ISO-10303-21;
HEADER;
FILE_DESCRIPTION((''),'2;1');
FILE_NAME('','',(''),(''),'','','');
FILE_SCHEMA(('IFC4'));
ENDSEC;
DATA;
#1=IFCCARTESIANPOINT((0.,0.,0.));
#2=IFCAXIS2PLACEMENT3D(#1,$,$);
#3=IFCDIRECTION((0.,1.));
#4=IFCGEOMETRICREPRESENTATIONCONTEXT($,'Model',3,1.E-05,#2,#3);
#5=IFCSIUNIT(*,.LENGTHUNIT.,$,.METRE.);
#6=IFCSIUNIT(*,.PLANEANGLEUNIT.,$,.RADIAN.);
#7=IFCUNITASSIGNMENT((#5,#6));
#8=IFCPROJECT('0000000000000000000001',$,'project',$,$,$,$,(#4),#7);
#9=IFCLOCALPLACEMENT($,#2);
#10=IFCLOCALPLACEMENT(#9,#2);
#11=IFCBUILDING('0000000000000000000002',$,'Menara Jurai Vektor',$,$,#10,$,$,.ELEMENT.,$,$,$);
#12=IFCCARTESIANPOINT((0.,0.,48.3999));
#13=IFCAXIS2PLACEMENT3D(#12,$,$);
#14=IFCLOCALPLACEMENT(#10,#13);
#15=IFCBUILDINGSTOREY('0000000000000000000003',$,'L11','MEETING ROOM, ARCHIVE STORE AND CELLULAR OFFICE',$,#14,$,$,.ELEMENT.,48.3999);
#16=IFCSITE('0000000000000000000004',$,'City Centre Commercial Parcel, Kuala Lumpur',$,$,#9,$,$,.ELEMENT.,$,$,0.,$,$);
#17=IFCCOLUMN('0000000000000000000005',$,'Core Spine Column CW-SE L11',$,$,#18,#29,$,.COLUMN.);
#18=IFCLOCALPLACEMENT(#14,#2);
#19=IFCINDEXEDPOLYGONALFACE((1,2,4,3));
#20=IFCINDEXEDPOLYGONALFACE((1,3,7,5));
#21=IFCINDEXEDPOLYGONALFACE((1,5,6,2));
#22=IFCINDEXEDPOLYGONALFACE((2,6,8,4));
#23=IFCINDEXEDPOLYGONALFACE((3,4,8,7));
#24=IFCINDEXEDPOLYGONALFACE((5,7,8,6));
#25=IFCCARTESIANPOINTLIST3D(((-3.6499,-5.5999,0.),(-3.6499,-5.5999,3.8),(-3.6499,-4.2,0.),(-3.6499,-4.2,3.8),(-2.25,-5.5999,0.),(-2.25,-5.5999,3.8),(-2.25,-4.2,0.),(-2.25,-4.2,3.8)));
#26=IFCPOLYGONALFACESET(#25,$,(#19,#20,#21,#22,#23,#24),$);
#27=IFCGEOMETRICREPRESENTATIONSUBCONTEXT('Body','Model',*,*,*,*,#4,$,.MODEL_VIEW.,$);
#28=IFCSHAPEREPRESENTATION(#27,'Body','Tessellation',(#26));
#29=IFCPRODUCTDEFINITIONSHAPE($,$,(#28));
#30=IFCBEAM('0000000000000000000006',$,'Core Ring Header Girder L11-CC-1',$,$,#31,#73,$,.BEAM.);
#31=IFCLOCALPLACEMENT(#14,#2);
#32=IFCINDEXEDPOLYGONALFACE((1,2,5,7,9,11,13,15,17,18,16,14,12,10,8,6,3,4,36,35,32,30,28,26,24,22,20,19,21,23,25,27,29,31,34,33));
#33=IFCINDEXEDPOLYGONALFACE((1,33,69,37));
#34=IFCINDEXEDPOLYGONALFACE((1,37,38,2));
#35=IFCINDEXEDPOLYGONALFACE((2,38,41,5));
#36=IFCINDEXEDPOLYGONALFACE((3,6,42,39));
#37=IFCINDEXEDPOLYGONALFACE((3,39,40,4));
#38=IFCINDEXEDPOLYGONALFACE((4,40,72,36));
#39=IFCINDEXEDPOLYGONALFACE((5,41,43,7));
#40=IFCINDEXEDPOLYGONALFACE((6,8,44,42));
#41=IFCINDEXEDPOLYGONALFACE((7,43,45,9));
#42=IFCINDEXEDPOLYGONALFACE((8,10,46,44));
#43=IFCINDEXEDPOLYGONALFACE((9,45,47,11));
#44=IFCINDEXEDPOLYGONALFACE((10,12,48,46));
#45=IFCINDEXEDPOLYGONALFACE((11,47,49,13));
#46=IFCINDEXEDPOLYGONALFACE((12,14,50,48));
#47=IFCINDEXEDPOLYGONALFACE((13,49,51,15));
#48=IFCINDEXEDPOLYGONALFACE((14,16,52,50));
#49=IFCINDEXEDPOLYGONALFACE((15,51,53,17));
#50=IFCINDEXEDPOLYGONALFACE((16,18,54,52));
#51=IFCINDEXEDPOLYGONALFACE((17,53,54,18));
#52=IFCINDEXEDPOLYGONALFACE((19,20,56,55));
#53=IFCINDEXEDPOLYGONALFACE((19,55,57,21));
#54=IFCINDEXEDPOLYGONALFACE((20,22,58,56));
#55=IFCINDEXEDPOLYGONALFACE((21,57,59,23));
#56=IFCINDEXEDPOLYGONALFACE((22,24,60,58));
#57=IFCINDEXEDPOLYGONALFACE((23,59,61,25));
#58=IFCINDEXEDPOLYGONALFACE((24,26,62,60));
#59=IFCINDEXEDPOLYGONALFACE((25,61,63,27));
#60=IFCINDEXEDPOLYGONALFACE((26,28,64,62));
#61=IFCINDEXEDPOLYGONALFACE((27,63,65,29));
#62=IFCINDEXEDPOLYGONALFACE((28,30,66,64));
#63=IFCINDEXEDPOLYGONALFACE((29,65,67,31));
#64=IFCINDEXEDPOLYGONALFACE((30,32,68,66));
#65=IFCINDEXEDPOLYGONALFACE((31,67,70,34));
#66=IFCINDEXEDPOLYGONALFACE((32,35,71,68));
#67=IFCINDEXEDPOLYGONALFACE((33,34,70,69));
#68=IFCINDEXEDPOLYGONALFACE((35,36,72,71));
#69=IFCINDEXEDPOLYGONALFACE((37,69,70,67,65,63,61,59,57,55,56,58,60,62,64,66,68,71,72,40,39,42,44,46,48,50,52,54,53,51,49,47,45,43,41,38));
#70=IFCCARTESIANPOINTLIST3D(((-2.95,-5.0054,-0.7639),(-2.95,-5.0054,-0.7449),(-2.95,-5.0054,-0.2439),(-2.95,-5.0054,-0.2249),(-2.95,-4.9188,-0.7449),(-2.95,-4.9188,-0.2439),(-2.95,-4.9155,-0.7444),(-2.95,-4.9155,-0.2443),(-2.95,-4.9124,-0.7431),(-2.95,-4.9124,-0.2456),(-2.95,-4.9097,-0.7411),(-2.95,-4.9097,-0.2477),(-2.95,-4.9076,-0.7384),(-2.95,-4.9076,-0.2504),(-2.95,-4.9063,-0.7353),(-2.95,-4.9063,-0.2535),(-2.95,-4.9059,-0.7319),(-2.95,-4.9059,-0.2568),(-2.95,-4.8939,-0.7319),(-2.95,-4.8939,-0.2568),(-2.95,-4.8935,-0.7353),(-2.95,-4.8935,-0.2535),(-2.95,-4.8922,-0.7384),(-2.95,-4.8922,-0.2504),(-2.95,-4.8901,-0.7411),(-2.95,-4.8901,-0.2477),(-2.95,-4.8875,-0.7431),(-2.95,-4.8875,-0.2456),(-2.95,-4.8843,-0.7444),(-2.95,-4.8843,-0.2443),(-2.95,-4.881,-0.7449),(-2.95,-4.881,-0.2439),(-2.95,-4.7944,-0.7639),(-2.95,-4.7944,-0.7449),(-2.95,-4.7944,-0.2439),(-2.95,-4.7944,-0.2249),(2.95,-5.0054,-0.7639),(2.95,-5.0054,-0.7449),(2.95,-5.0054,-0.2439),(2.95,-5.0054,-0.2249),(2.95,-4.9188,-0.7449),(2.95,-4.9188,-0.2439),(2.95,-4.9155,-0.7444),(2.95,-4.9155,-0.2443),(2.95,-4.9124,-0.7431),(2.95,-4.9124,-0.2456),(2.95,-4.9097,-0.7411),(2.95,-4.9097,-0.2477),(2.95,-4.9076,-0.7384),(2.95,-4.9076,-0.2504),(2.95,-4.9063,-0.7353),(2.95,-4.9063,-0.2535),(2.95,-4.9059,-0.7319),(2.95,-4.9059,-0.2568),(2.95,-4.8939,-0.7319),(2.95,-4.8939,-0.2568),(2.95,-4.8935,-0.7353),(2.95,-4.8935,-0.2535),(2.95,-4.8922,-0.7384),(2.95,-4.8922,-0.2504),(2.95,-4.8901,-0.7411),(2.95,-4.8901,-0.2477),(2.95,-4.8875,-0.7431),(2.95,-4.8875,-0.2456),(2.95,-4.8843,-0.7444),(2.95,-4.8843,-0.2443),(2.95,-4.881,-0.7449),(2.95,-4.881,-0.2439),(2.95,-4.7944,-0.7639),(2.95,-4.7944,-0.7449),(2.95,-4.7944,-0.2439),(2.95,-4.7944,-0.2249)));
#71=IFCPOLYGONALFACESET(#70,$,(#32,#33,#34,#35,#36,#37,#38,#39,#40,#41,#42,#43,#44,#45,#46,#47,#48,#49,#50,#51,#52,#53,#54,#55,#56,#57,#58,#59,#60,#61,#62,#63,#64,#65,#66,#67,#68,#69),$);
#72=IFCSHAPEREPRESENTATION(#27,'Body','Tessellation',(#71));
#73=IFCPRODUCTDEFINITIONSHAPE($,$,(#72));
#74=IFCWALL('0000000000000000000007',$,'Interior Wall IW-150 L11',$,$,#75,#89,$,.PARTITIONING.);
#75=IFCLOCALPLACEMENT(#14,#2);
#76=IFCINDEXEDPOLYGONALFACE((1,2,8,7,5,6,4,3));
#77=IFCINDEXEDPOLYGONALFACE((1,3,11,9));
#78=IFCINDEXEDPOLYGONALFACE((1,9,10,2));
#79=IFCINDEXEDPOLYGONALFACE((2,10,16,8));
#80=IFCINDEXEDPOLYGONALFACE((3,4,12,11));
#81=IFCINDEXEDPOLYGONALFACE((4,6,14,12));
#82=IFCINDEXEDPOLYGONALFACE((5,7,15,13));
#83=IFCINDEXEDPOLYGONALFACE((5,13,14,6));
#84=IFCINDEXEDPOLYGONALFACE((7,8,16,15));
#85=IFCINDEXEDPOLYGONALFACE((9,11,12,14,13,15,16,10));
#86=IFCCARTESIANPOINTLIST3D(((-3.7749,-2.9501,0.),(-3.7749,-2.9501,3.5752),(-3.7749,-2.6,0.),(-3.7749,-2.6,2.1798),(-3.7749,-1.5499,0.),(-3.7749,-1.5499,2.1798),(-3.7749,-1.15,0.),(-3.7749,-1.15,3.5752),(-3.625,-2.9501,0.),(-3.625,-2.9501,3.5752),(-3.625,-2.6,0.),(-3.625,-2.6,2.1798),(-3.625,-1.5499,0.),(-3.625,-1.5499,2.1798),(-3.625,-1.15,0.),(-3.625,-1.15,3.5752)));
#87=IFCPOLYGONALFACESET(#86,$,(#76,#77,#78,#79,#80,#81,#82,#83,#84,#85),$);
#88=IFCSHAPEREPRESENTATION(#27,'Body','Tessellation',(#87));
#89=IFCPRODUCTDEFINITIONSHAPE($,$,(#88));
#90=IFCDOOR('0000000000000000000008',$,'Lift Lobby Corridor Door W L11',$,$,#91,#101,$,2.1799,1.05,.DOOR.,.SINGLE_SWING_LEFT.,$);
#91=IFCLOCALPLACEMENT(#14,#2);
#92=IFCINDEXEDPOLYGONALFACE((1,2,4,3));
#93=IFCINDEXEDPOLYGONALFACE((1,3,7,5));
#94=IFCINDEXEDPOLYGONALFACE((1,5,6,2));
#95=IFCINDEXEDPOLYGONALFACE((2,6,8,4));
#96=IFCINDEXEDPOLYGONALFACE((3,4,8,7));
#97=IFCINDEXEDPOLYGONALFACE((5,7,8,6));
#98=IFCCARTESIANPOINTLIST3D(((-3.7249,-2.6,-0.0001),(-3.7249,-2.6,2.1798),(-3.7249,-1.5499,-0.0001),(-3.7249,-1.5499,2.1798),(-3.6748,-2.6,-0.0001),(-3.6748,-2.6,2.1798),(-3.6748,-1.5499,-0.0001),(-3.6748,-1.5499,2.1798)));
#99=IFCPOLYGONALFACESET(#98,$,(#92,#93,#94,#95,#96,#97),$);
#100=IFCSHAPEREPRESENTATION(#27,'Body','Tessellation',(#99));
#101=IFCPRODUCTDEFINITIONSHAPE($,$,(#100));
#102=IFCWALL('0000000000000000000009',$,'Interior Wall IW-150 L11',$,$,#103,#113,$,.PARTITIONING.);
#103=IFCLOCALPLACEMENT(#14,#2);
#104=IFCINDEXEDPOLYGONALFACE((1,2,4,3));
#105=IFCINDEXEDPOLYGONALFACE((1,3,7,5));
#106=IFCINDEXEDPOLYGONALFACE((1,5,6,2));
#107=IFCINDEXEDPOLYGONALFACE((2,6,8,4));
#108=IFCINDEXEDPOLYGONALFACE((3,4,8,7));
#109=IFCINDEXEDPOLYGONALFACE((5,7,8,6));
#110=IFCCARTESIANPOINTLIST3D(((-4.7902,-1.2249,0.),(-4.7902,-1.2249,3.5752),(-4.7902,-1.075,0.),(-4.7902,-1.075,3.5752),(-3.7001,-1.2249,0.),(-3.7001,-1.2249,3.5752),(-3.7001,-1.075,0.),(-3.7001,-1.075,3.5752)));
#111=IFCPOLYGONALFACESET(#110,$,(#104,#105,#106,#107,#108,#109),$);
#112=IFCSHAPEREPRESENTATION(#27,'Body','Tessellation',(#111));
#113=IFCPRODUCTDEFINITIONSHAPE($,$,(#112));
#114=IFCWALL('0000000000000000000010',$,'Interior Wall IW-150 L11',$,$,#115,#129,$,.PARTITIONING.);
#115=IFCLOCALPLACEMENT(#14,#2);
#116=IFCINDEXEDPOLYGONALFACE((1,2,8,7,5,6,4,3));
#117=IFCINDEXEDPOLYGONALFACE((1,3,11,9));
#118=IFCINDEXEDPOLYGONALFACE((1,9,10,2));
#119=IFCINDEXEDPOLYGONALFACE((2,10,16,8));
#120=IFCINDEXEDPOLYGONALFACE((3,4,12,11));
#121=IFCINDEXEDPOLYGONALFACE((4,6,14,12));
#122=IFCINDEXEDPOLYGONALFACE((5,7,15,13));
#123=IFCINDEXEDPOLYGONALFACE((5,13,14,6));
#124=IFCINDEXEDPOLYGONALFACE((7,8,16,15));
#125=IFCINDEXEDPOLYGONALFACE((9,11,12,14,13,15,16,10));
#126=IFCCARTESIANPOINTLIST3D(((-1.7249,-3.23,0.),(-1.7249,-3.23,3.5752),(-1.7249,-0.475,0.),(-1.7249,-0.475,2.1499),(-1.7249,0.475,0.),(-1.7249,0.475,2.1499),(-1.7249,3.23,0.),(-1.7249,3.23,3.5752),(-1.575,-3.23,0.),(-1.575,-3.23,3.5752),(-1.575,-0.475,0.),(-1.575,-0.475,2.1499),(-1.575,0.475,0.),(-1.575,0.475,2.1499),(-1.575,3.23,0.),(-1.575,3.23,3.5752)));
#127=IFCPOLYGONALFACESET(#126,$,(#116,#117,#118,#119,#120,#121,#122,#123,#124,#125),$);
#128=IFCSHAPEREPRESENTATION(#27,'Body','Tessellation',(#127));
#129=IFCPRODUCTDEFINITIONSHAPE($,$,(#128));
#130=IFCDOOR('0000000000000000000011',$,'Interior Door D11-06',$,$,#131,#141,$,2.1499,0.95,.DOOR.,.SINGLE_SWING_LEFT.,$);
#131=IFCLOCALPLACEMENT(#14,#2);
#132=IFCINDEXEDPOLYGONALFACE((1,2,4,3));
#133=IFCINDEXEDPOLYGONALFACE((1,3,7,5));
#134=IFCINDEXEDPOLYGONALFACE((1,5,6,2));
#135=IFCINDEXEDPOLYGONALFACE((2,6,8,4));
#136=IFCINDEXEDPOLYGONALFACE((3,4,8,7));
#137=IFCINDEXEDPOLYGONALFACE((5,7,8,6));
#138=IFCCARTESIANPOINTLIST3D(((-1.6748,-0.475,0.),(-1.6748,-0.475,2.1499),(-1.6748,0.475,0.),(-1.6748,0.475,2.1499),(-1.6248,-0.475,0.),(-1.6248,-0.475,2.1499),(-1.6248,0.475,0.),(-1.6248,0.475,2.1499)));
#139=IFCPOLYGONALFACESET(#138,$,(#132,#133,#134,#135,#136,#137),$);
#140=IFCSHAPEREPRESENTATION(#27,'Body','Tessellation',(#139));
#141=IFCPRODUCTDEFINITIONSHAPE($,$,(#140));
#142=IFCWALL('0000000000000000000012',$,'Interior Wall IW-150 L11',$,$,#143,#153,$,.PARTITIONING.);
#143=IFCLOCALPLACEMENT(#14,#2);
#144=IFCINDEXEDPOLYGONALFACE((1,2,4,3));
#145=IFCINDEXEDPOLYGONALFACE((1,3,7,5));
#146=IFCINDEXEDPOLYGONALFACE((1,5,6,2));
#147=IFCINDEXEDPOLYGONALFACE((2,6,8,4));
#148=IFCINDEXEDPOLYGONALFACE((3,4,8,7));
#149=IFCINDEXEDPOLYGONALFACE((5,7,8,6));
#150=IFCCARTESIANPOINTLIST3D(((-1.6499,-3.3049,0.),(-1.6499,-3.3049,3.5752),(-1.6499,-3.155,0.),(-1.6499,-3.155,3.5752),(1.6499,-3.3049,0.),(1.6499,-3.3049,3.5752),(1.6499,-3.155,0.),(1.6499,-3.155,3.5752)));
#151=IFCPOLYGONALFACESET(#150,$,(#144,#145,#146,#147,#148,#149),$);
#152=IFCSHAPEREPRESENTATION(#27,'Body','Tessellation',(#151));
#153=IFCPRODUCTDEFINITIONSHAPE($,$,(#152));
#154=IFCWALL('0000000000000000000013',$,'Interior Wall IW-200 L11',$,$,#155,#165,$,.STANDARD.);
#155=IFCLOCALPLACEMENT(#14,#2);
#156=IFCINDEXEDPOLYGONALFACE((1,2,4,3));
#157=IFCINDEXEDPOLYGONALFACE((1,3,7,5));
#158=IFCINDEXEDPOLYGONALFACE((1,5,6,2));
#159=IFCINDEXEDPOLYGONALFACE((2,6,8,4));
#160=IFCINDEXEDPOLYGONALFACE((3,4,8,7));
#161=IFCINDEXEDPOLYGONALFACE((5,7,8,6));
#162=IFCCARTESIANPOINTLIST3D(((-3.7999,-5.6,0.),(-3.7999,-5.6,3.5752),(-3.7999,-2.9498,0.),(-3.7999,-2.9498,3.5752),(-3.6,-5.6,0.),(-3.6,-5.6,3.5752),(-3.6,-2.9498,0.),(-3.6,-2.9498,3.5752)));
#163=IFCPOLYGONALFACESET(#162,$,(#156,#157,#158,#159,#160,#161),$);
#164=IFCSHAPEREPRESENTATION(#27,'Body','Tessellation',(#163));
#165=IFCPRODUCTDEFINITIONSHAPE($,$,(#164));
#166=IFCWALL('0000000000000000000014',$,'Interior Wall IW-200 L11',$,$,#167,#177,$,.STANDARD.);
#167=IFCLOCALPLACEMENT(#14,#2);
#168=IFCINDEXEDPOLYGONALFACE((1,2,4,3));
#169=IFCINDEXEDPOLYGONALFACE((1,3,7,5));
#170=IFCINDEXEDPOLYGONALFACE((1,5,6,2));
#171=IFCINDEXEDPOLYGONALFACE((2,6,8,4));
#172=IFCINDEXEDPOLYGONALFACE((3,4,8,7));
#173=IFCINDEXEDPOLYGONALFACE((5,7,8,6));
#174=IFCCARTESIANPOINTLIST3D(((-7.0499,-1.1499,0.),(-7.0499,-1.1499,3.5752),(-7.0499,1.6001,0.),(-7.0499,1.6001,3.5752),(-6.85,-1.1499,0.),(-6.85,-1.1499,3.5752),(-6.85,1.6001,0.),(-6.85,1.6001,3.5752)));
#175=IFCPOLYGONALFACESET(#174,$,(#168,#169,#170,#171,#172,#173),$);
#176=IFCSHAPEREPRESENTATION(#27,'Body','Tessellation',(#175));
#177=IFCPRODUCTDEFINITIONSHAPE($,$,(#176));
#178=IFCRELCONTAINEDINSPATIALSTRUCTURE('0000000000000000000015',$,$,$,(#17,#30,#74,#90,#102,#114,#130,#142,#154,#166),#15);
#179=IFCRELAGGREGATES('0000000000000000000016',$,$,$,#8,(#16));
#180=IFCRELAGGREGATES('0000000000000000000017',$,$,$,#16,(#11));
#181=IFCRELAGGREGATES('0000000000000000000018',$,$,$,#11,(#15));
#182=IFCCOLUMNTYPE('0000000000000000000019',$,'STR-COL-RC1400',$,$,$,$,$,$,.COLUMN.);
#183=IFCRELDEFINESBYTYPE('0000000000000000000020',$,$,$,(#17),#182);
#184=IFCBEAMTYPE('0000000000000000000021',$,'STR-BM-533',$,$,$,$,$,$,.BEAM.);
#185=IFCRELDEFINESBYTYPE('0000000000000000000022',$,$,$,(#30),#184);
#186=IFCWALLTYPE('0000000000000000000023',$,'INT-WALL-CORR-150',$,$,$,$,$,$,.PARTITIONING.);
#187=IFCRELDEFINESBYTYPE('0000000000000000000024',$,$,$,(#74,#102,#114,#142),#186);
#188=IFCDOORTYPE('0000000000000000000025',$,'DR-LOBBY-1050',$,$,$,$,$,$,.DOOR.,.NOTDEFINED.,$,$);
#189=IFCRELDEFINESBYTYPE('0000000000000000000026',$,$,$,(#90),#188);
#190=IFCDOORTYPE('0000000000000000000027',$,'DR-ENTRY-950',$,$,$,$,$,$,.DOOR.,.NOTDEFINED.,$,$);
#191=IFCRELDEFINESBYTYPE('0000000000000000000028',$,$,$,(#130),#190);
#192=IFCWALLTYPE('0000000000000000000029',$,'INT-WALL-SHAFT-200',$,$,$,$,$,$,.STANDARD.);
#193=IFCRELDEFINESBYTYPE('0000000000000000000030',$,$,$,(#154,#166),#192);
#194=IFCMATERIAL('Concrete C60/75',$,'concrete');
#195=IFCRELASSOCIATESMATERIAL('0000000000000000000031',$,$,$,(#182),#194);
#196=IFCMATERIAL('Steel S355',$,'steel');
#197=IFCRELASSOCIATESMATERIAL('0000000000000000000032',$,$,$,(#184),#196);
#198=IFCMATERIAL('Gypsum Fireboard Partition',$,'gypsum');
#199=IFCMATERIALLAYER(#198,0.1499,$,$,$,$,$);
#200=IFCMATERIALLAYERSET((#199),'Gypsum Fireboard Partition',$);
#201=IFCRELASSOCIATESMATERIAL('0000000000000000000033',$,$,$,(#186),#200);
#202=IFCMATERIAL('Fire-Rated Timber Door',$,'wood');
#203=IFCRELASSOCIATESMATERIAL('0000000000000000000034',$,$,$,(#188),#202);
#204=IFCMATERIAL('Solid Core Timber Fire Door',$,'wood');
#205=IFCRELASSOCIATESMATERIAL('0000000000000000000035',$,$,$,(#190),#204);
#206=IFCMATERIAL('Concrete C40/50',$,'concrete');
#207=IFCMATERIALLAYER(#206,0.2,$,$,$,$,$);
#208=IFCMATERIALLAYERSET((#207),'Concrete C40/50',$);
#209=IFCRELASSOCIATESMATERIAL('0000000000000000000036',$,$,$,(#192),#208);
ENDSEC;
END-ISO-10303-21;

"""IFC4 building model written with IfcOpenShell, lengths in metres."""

from ifc_helpers import new_model, si_unit, direction, frame, frame_2d, origin, origin_2d, place, context, subcontext, project, spatial, rectangle, i_section, extrude, material, layer, layer_set, material_profile, profile_set, type_object, element, fill, save


model = new_model("IFC4")

# Units and contexts
model_context = context("Model", 3, precision=1e-05, world=origin(), true_north=direction((0.0, 1.0)))
body_context = subcontext(model_context, "Body", "Model", "MODEL_VIEW")
ifc_project = project(units=[si_unit("LENGTHUNIT", "METRE"), si_unit("PLANEANGLEUNIT", "RADIAN")], contexts=[model_context])

# Site, building, storey
site_placement = place(None, origin())
site = spatial("IfcSite", under=ifc_project, at=site_placement, Name="City Centre Commercial Parcel, Kuala Lumpur", CompositionType="ELEMENT", RefElevation=0.0)
building_placement = place(site_placement, origin())
building = spatial("IfcBuilding", under=site, at=building_placement, Name="Menara Jurai Vektor", CompositionType="ELEMENT")
storey_placement = place(building_placement, frame((0.0, 0.0, 48.3999)))
storey = spatial("IfcBuildingStorey", under=building, at=storey_placement, Name="L11", Description="MEETING ROOM, ARCHIVE STORE AND CELLULAR OFFICE", CompositionType="ELEMENT", Elevation=48.3999)

# Column
ifc_material_1 = material(Name="Concrete C60/75", Category="concrete")
ifc_material_profile_1 = material_profile(ifc_material_1, rectangle(XDim=1.3999, YDim=1.3999, at=origin_2d()), Name="RC 1400x1400")
ifc_profile_set_1 = profile_set([ifc_material_profile_1], Name="Concrete C60/75")
column_type = type_object("IfcColumnType", Name="STR-COL-RC1400", PredefinedType="COLUMN", material=ifc_profile_set_1)
column_placement = place(storey_placement, frame((-2.95, -4.8999, 0.0), z_axis=(0.0, 0.0, 1.0), x_axis=(1.0, 0.0, 0.0)))
element("IfcColumn", 1, at=column_placement, inside=storey, type_object=column_type, Name="Core Spine Column CW-SE L11", PredefinedType="COLUMN", context=body_context, shape_type="SweptSolid", body=[
    extrude(rectangle(XDim=1.3999, YDim=1.3999, at=origin_2d()), origin(), (0.0, 0.0, 1.0), 3.8),
])

# Beam
ifc_material_2 = material(Name="Steel S355", Category="steel")
ifc_material_profile_2 = material_profile(ifc_material_2, i_section(OverallWidth=0.2109, OverallDepth=0.5391, WebThickness=0.012, FlangeThickness=0.019, FilletRadius=0.0129, at=origin_2d()), Name="UKB 533x210x109")
ifc_profile_set_2 = profile_set([ifc_material_profile_2], Name="Steel S355")
beam_type = type_object("IfcBeamType", Name="STR-BM-533", PredefinedType="BEAM", material=ifc_profile_set_2)
beam_placement = place(storey_placement, frame((-2.95, -4.8999, -0.4944), z_axis=(1.0, 0.0, 0.0), x_axis=(0.0, 1.0, 0.0)))
element("IfcBeam", 2, at=beam_placement, inside=storey, type_object=beam_type, Name="Core Ring Header Girder L11-CC-1", PredefinedType="BEAM", context=body_context, shape_type="SweptSolid", body=[
    extrude(i_section(OverallWidth=0.2109, OverallDepth=0.5391, WebThickness=0.012, FlangeThickness=0.019, FilletRadius=0.0129, at=origin_2d()), origin(), (0.0, 0.0, 1.0), 5.8999),
])

# Wall, opening, door
ifc_material_3 = material(Name="Gypsum Fireboard Partition", Category="gypsum")
ifc_layer_1 = layer(ifc_material_3, 0.1499)
ifc_layer_set_1 = layer_set([ifc_layer_1], Name="Gypsum Fireboard Partition")
wall_type_1 = type_object("IfcWallType", Name="INT-WALL-CORR-150", PredefinedType="PARTITIONING", material=ifc_layer_set_1)
wall_1_placement = place(storey_placement, frame((-3.7, -2.95, 0.0), z_axis=(0.0, 0.0, 1.0), x_axis=(0.0, 1.0, 0.0)))
wall_1 = element("IfcWall", 3, at=wall_1_placement, inside=storey, type_object=wall_type_1, Name="Interior Wall IW-150 L11", PredefinedType="PARTITIONING", context=body_context, shape_type="SweptSolid", body=[
    extrude(rectangle(XDim=1.8, YDim=0.1499, at=frame_2d((0.8999, 0.0))), origin(), (0.0, 0.0, 1.0), 3.5752),
])
opening_1_placement = place(wall_1_placement, frame((0.3501, 0.0, 0.0)))
opening_1 = element("IfcOpeningElement", 4, at=opening_1_placement, cuts=wall_1, PredefinedType="OPENING", context=body_context, shape_type="SweptSolid", body=[
    extrude(rectangle(XDim=1.05, YDim=2.1799, at=frame_2d((0.5249, 1.0898))), frame((0.0, 0.085, 0.0), z_axis=(0.0, -1.0, 0.0), x_axis=(1.0, 0.0, 0.0)), (0.0, 0.0, 1.0), 0.1699),
])
ifc_material_4 = material(Name="Fire-Rated Timber Door", Category="wood")
door_type_1 = type_object("IfcDoorType", Name="DR-LOBBY-1050", OperationType="NOTDEFINED", PredefinedType="DOOR", material=ifc_material_4)
door_1_placement = place(opening_1_placement, origin())
door_1 = element("IfcDoor", 5, at=door_1_placement, inside=storey, type_object=door_type_1, Name="Lift Lobby Corridor Door W L11", OperationType="SINGLE_SWING_LEFT", OverallHeight=2.1799, OverallWidth=1.05, PredefinedType="DOOR", context=body_context, shape_type="SweptSolid", body=[
    extrude(rectangle(XDim=1.05, YDim=2.1799, at=frame_2d((0.5249, 1.0898))), frame((0.0, 0.0249, 0.0), z_axis=(0.0, -1.0, 0.0), x_axis=(1.0, 0.0, 0.0)), (0.0, 0.0, 1.0), 0.05),
])
fill(opening_1, door_1)

# Wall
wall_2_placement = place(storey_placement, frame((-4.79, -1.1499, 0.0), z_axis=(0.0, 0.0, 1.0), x_axis=(1.0, 0.0, 0.0)))
element("IfcWall", 6, at=wall_2_placement, inside=storey, type_object=wall_type_1, Name="Interior Wall IW-150 L11", PredefinedType="PARTITIONING", context=body_context, shape_type="SweptSolid", body=[
    extrude(rectangle(XDim=1.0901, YDim=0.1499, at=frame_2d((0.5449, 0.0))), origin(), (0.0, 0.0, 1.0), 3.5752),
])

# Wall, opening, door
wall_3_placement = place(storey_placement, frame((-1.6499, -3.23, 0.0), z_axis=(0.0, 0.0, 1.0), x_axis=(0.0, 1.0, 0.0)))
wall_3 = element("IfcWall", 7, at=wall_3_placement, inside=storey, type_object=wall_type_1, Name="Interior Wall IW-150 L11", PredefinedType="PARTITIONING", context=body_context, shape_type="SweptSolid", body=[
    extrude(rectangle(XDim=6.46, YDim=0.1499, at=frame_2d((3.23, 0.0))), origin(), (0.0, 0.0, 1.0), 3.5752),
])
opening_2_placement = place(wall_3_placement, frame((2.7549, 0.0, 0.0)))
opening_2 = element("IfcOpeningElement", 8, at=opening_2_placement, cuts=wall_3, PredefinedType="OPENING", context=body_context, shape_type="SweptSolid", body=[
    extrude(rectangle(XDim=0.95, YDim=2.1499, at=frame_2d((0.4751, 1.075))), frame((0.0, 0.085, 0.0), z_axis=(0.0, -1.0, 0.0), x_axis=(1.0, 0.0, 0.0)), (0.0, 0.0, 1.0), 0.1699),
])
ifc_material_5 = material(Name="Solid Core Timber Fire Door", Category="wood")
door_type_2 = type_object("IfcDoorType", Name="DR-ENTRY-950", OperationType="NOTDEFINED", PredefinedType="DOOR", material=ifc_material_5)
door_2_placement = place(opening_2_placement, origin())
door_2 = element("IfcDoor", 9, at=door_2_placement, inside=storey, type_object=door_type_2, Name="Interior Door D11-06", OperationType="SINGLE_SWING_LEFT", OverallHeight=2.1499, OverallWidth=0.95, PredefinedType="DOOR", context=body_context, shape_type="SweptSolid", body=[
    extrude(rectangle(XDim=0.95, YDim=2.1499, at=frame_2d((0.4751, 1.075))), frame((0.0, 0.0249, 0.0), z_axis=(0.0, -1.0, 0.0), x_axis=(1.0, 0.0, 0.0)), (0.0, 0.0, 1.0), 0.05),
])
fill(opening_2, door_2)

# Wall
wall_4_placement = place(storey_placement, frame((-1.6499, -3.23, 0.0), z_axis=(0.0, 0.0, 1.0), x_axis=(1.0, 0.0, 0.0)))
element("IfcWall", 10, at=wall_4_placement, inside=storey, type_object=wall_type_1, Name="Interior Wall IW-150 L11", PredefinedType="PARTITIONING", context=body_context, shape_type="SweptSolid", body=[
    extrude(rectangle(XDim=3.2998, YDim=0.1499, at=frame_2d((1.6499, 0.0))), origin(), (0.0, 0.0, 1.0), 3.5752),
])

# Shared definitions
ifc_material_6 = material(Name="Concrete C40/50", Category="concrete")
ifc_layer_2 = layer(ifc_material_6, 0.2)
ifc_layer_set_2 = layer_set([ifc_layer_2], Name="Concrete C40/50")
wall_type_2 = type_object("IfcWallType", Name="INT-WALL-SHAFT-200", PredefinedType="STANDARD", material=ifc_layer_set_2)

# Walls
wall_5_placement = place(storey_placement, frame((-3.7, -5.6001, 0.0), z_axis=(0.0, 0.0, 1.0), x_axis=(0.0, 1.0, 0.0)))
element("IfcWall", 11, at=wall_5_placement, inside=storey, type_object=wall_type_2, Name="Interior Wall IW-200 L11", PredefinedType="STANDARD", context=body_context, shape_type="SweptSolid", body=[
    extrude(rectangle(XDim=2.6501, YDim=0.2, at=frame_2d((1.3252, 0.0))), origin(), (0.0, 0.0, 1.0), 3.5752),
])
for number, where, z_axis, x_axis, name in (
    (12, (-6.95, -1.1499, 0.0), (0.0, 0.0, 1.0), (0.0, 1.0, 0.0), "Interior Wall IW-200 L11"),
):
    element("IfcWall", number, at=place(storey_placement, frame(where, z_axis=z_axis, x_axis=x_axis)), inside=storey, type_object=wall_type_2, Name=name, PredefinedType="STANDARD", context=body_context, shape_type="SweptSolid", body=[
        extrude(rectangle(XDim=2.75, YDim=0.2, at=frame_2d((1.375, 0.0))), origin(), (0.0, 0.0, 1.0), 3.5752),
    ])

save(model, "model.ifc")
